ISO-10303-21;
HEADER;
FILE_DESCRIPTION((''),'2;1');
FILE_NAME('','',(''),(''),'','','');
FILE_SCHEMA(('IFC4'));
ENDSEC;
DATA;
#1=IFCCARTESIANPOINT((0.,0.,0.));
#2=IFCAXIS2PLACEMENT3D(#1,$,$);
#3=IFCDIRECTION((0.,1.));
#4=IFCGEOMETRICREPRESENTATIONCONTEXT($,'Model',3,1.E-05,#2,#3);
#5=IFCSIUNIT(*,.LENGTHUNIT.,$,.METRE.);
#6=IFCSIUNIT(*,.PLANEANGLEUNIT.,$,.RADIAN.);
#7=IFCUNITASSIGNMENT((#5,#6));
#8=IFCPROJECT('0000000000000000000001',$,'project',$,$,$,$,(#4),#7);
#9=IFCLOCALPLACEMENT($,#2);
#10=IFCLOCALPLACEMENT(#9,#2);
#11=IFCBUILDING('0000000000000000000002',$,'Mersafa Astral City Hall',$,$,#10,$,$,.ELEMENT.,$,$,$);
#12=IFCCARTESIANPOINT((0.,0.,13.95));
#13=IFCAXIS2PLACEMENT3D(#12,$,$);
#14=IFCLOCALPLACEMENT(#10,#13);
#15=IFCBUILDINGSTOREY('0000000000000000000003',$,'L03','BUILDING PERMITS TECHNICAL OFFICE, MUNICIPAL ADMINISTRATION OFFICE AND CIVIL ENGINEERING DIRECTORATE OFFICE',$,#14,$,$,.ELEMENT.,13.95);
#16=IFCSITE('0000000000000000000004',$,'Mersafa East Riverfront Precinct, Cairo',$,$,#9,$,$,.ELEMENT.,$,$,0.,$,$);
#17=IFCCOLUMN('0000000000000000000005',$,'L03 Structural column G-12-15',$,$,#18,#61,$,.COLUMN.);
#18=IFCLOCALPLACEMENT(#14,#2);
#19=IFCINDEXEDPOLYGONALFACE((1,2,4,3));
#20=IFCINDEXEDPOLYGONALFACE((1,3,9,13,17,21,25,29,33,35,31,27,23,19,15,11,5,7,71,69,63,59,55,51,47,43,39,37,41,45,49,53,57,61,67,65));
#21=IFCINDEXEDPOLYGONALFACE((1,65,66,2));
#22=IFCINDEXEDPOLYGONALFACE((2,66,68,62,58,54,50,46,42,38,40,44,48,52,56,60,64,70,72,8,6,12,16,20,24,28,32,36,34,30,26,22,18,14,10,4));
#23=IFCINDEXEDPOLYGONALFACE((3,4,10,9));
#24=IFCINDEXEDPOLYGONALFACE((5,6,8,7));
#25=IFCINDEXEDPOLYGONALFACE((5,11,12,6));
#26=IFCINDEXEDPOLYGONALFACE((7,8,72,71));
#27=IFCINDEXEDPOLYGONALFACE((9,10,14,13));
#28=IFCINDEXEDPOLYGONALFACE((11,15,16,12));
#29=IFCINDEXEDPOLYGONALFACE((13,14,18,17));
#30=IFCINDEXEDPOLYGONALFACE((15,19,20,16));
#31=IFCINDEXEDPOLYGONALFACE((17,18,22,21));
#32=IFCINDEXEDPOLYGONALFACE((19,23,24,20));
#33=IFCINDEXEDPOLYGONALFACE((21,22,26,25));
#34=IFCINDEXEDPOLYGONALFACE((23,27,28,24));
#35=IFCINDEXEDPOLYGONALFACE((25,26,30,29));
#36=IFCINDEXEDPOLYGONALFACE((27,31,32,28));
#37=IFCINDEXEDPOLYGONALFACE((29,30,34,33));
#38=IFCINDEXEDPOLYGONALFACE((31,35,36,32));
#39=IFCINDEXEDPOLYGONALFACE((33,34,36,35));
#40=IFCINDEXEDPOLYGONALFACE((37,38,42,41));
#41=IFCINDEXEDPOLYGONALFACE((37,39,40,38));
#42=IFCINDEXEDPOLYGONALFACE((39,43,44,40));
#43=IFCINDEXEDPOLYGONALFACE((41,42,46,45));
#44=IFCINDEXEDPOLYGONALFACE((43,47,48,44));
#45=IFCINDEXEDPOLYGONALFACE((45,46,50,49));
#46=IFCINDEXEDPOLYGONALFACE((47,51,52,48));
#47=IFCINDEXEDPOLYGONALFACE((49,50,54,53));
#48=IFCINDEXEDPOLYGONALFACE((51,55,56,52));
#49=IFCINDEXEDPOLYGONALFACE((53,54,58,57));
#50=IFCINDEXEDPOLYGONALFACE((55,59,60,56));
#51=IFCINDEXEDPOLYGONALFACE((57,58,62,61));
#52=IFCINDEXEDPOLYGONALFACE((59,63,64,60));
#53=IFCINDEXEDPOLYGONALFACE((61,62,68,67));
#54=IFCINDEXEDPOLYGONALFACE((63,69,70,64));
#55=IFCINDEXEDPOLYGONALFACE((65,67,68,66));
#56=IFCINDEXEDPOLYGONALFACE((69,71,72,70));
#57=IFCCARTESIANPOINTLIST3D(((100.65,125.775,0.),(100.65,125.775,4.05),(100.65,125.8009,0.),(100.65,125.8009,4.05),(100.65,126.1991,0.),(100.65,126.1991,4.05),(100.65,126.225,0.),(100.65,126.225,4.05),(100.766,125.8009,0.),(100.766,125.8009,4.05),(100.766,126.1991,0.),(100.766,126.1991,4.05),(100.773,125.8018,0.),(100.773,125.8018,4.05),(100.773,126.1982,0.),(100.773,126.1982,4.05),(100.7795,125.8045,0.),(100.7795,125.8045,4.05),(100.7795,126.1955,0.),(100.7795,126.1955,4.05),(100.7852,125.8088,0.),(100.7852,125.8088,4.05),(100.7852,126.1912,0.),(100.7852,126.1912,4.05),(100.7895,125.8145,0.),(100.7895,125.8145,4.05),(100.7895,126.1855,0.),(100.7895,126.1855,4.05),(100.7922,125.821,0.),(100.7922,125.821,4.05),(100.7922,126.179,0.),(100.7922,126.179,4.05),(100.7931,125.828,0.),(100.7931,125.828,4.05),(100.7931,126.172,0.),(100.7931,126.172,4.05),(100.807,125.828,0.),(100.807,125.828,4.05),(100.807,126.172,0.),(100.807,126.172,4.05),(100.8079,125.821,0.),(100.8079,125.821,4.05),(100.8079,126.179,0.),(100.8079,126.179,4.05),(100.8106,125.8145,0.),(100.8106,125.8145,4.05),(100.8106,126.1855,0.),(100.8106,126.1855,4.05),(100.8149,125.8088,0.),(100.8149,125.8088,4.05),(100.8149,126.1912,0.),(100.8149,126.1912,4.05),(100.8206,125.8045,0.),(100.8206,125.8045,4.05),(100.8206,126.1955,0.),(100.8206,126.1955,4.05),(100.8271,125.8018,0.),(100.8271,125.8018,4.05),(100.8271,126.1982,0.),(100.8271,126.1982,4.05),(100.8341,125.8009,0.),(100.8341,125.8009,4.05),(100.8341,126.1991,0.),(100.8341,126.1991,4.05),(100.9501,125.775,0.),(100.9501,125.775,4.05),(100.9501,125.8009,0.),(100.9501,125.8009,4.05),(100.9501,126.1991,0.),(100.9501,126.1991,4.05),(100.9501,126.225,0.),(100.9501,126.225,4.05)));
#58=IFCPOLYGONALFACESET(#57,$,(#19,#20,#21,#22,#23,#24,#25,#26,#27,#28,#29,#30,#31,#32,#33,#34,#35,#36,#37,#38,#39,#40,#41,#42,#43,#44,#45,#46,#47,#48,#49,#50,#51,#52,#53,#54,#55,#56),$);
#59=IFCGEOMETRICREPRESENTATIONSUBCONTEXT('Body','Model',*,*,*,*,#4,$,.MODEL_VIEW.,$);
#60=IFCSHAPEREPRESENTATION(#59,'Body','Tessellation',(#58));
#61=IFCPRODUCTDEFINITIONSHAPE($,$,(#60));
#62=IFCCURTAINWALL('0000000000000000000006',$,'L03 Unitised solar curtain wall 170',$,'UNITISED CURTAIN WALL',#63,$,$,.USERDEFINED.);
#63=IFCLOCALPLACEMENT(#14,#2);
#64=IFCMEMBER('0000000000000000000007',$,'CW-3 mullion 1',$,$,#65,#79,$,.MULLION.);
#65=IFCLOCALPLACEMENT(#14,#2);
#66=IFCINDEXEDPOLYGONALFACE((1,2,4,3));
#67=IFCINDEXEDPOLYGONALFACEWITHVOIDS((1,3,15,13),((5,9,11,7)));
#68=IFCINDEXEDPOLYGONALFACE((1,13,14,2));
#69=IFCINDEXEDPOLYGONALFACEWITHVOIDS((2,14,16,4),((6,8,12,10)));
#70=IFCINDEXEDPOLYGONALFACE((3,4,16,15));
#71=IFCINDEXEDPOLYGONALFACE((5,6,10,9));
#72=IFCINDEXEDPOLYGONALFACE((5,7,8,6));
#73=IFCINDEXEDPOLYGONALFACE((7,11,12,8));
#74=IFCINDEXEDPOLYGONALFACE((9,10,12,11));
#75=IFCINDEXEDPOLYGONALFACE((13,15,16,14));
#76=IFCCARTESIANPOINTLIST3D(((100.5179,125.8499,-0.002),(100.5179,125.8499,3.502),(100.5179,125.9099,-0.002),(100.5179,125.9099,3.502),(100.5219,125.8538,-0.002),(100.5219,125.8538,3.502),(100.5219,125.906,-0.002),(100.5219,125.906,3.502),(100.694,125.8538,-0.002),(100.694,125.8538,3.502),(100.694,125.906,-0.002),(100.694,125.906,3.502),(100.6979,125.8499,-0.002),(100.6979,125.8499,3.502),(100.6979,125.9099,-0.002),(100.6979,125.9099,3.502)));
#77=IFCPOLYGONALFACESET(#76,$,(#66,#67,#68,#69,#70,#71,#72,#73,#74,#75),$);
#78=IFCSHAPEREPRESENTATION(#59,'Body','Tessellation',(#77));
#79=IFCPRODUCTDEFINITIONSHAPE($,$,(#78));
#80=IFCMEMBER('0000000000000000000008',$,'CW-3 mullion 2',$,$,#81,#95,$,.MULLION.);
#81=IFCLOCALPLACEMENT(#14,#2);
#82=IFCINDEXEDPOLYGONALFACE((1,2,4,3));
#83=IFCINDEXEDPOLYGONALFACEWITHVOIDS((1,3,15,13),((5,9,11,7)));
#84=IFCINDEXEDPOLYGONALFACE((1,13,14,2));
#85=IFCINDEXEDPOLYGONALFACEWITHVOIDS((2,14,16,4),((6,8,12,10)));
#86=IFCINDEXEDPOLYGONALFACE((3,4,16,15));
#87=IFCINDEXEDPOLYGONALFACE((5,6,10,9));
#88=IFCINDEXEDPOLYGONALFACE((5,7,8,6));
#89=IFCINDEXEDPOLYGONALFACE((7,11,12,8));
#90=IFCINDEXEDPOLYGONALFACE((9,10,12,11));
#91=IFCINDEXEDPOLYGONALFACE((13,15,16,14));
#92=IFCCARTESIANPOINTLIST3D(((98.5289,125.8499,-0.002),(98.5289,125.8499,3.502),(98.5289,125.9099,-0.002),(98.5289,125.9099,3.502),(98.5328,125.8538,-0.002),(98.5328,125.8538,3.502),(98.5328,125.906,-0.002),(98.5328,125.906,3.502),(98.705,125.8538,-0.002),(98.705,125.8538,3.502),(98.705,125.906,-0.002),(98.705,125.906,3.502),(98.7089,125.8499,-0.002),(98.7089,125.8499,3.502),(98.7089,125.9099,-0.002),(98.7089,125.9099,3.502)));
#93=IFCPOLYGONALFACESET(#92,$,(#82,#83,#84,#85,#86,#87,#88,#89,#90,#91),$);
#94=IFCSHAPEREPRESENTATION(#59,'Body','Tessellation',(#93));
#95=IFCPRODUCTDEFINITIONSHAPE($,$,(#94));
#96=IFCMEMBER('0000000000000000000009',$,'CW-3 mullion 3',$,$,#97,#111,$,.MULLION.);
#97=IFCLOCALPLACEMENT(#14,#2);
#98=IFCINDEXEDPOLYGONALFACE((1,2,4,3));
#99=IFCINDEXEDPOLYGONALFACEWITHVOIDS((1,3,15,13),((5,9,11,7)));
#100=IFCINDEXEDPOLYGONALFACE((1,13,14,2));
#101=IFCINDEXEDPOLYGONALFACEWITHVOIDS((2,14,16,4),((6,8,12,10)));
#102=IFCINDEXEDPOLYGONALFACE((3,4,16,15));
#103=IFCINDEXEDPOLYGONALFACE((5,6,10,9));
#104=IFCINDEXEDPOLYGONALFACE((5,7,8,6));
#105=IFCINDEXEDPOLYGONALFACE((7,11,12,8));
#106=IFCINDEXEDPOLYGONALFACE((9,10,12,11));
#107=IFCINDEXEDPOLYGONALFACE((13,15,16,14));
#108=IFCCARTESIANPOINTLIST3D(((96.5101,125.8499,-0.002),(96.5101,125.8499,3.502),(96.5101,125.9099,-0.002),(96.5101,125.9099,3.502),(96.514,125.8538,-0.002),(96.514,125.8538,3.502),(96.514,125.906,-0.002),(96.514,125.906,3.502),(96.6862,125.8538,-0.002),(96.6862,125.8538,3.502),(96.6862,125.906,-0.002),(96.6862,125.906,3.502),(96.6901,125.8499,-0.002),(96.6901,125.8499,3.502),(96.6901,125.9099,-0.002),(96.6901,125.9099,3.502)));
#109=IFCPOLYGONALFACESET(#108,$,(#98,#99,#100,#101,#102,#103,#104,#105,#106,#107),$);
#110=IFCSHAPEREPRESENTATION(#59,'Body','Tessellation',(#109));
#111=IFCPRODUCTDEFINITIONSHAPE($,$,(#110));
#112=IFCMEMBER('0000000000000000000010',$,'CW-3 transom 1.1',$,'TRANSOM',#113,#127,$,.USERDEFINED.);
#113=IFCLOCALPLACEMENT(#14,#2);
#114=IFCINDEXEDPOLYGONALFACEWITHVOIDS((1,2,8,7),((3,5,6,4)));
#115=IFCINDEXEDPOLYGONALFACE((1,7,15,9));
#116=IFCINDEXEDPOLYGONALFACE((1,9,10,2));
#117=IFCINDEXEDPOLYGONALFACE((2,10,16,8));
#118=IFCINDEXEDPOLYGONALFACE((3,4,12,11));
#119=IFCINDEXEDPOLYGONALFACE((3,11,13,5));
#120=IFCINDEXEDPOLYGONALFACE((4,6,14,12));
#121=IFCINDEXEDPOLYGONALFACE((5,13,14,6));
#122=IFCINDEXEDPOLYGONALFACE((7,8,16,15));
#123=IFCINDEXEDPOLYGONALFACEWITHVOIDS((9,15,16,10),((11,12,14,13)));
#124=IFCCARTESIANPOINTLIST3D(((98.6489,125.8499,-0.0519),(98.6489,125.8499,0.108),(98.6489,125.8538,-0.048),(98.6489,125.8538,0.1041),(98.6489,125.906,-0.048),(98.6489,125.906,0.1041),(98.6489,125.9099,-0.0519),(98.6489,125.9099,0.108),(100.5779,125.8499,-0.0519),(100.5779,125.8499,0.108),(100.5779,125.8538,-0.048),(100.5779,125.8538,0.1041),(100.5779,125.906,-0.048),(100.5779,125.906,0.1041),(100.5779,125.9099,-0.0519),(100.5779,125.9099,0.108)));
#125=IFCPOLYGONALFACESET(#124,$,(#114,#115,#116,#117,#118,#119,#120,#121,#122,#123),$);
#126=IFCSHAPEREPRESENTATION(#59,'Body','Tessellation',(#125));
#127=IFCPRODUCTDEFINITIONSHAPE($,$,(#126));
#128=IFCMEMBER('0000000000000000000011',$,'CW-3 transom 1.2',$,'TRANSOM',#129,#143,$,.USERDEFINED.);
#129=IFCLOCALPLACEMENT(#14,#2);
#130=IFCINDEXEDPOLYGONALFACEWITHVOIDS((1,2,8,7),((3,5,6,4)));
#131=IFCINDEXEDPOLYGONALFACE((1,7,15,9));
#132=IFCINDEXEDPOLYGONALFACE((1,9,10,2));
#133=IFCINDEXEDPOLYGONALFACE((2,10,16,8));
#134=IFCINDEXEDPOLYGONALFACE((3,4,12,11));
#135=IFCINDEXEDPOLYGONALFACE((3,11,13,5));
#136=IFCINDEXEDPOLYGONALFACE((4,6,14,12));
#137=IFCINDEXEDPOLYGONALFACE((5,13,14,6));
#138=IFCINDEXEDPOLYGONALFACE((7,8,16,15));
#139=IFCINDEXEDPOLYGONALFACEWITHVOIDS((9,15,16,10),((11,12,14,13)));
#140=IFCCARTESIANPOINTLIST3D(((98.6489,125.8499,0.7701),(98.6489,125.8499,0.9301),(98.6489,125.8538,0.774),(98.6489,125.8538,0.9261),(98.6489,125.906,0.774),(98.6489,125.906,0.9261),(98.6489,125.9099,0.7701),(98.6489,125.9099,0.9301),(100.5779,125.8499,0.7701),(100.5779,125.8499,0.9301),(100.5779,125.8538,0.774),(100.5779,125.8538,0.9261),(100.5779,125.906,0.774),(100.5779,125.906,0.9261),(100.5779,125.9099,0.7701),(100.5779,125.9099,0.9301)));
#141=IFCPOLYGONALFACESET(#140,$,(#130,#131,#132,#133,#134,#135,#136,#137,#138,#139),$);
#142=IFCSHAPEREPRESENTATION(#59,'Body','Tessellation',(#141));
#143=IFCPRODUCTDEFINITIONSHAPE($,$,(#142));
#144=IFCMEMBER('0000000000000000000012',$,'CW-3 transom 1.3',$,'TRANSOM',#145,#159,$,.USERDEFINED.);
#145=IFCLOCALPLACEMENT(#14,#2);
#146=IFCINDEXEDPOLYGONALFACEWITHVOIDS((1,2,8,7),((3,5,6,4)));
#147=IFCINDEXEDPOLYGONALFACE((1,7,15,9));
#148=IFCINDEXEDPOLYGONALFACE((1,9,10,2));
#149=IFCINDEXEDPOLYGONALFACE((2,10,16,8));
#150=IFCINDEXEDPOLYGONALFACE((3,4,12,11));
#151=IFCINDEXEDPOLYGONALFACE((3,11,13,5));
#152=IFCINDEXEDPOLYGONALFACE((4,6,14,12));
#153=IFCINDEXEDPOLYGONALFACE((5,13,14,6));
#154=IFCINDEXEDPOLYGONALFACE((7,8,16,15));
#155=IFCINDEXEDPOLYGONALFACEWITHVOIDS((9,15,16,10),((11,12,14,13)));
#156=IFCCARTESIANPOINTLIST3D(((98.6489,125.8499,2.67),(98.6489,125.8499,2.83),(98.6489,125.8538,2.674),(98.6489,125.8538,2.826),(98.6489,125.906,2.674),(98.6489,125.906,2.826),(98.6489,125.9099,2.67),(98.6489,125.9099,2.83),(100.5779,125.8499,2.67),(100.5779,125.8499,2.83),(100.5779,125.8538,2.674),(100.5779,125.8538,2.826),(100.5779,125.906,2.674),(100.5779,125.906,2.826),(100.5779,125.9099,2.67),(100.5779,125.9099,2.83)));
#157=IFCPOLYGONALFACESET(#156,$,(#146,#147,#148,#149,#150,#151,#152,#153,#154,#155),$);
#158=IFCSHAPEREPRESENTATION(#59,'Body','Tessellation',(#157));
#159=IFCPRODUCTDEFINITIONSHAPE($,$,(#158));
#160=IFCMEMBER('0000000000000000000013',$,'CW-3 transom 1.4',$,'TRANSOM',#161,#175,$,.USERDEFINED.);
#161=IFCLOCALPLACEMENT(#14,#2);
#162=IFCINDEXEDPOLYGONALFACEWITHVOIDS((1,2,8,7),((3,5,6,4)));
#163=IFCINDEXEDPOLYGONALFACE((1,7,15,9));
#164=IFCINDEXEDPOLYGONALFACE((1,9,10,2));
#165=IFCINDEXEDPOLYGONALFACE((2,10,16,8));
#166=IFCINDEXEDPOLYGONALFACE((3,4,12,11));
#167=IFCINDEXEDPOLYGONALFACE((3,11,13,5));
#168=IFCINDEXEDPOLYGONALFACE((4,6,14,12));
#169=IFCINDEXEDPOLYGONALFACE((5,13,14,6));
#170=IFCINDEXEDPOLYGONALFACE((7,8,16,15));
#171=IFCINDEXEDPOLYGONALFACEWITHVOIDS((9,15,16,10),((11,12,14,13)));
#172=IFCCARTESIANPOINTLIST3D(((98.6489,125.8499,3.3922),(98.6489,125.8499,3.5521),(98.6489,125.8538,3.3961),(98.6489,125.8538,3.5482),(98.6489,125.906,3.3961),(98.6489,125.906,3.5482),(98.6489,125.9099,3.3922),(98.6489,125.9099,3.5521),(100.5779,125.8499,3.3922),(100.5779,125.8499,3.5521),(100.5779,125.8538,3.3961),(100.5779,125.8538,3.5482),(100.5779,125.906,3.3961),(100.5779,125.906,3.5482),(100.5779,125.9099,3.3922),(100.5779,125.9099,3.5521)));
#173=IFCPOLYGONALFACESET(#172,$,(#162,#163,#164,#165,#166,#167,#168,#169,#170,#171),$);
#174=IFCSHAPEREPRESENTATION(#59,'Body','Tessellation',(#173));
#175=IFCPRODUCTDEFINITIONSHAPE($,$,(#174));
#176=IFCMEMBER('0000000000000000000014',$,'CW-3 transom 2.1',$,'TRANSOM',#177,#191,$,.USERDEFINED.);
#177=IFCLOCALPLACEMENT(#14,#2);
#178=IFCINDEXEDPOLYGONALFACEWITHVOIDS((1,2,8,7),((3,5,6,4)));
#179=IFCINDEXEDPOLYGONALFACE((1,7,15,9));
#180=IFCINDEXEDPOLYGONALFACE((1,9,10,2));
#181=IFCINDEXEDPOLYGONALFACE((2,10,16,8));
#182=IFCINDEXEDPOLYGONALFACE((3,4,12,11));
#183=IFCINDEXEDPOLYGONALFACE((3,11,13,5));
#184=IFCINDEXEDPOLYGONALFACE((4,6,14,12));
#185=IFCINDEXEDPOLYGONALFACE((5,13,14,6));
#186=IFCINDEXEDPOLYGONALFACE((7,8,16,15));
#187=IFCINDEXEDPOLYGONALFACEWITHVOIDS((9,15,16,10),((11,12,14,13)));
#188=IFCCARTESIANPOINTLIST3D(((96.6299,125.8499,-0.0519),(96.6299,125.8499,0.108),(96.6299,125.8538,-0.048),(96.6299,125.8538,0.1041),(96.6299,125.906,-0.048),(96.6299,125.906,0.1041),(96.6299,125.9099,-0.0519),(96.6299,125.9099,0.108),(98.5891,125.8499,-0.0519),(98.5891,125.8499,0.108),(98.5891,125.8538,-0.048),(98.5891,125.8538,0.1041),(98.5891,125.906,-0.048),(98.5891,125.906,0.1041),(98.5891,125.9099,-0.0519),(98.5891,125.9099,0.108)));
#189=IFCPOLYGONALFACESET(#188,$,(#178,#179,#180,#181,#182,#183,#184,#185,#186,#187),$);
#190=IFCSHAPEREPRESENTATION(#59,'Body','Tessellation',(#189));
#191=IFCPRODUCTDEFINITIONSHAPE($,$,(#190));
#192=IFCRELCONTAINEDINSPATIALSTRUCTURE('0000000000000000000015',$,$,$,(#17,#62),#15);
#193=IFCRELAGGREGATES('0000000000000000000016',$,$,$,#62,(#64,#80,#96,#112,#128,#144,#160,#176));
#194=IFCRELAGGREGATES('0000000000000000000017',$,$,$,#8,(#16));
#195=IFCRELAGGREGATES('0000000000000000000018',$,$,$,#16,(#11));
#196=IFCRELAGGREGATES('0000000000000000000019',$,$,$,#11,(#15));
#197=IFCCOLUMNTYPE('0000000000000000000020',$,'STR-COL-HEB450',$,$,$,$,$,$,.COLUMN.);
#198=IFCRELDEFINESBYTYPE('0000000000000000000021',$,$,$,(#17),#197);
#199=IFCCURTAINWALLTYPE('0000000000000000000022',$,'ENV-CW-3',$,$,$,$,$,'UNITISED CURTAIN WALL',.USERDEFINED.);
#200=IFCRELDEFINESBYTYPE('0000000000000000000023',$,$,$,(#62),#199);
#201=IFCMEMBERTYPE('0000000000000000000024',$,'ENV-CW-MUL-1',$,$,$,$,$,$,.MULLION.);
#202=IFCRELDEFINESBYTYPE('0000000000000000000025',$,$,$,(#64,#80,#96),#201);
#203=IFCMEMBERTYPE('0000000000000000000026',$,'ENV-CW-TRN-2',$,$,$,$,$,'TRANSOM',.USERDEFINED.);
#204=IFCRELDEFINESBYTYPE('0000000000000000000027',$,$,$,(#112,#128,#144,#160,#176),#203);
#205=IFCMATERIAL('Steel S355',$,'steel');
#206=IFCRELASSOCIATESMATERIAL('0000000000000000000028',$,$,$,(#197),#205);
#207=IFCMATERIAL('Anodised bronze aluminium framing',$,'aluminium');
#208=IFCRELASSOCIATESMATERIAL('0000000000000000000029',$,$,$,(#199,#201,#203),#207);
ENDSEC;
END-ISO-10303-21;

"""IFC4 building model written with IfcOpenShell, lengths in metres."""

from ifc_helpers import new_model, si_unit, direction, frame, origin, origin_2d, place, context, subcontext, project, spatial, hollow_rectangle, i_section, extrude, material, material_profile, profile_set, type_object, element, aggregate, save


model = new_model("IFC4")

# Units and contexts
model_context = context("Model", 3, precision=1e-05, world=origin(), true_north=direction((0.0, 1.0)))
body_context = subcontext(model_context, "Body", "Model", "MODEL_VIEW")
ifc_project = project(units=[si_unit("LENGTHUNIT", "METRE"), si_unit("PLANEANGLEUNIT", "RADIAN")], contexts=[model_context])

# Site, building, storey
site_placement = place(None, origin())
site = spatial("IfcSite", under=ifc_project, at=site_placement, Name="Mersafa East Riverfront Precinct, Cairo", CompositionType="ELEMENT", RefElevation=0.0)
building_placement = place(site_placement, origin())
building = spatial("IfcBuilding", under=site, at=building_placement, Name="Mersafa Astral City Hall", CompositionType="ELEMENT")
storey_placement = place(building_placement, frame((0.0, 0.0, 13.95)))
storey = spatial("IfcBuildingStorey", under=building, at=storey_placement, Name="L03", Description="BUILDING PERMITS TECHNICAL OFFICE, MUNICIPAL ADMINISTRATION OFFICE AND CIVIL ENGINEERING DIRECTORATE OFFICE", CompositionType="ELEMENT", Elevation=13.95)

# Column
ifc_material_1 = material(Name="Steel S355", Category="steel")
ifc_material_profile_1 = material_profile(ifc_material_1, i_section(OverallWidth=0.3, OverallDepth=0.45, WebThickness=0.0139, FlangeThickness=0.0259, FilletRadius=0.0271, at=origin_2d()), Name="HEB 450")
ifc_profile_set_1 = profile_set([ifc_material_profile_1], Name="Steel S355")
column_type = type_object("IfcColumnType", Name="STR-COL-HEB450", PredefinedType="COLUMN", material=ifc_profile_set_1)
column_placement = place(storey_placement, frame((100.8, 126.0, 0.0), z_axis=(0.0, 0.0, 1.0), x_axis=(1.0, 0.0, 0.0)))
element("IfcColumn", 1, at=column_placement, inside=storey, type_object=column_type, Name="L03 Structural column G-12-15", PredefinedType="COLUMN", context=body_context, shape_type="SweptSolid", body=[
    extrude(i_section(OverallWidth=0.3, OverallDepth=0.45, WebThickness=0.0139, FlangeThickness=0.0259, FilletRadius=0.0271, at=origin_2d()), origin(), (0.0, 0.0, 1.0), 4.05),
])

# Curtain wall, members
ifc_material_2 = material(Name="Anodised bronze aluminium framing", Category="aluminium")
curtain_wall_type = type_object("IfcCurtainWallType", Name="ENV-CW-3", ElementType="UNITISED CURTAIN WALL", PredefinedType="USERDEFINED", material=ifc_material_2)
curtain_wall_placement = place(storey_placement, origin())
curtain_wall = element("IfcCurtainWall", 2, at=curtain_wall_placement, inside=storey, type_object=curtain_wall_type, Name="L03 Unitised solar curtain wall 170", ObjectType="UNITISED CURTAIN WALL", PredefinedType="USERDEFINED")
ifc_material_profile_2 = material_profile(ifc_material_2, hollow_rectangle(XDim=0.0601, YDim=0.1799, WallThickness=0.0039, at=origin_2d()), Name="RHS 60x180x4")
ifc_profile_set_2 = profile_set([ifc_material_profile_2], Name="Anodised bronze aluminium framing")
member_type_1 = type_object("IfcMemberType", Name="ENV-CW-MUL-1", PredefinedType="MULLION", material=ifc_profile_set_2)
member_1_placement = place(storey_placement, frame((100.6079, 125.8799, -0.002), z_axis=(0.0, 0.0, 1.0), x_axis=(0.0, -1.0, 0.0)))
member_1 = element("IfcMember", 3, at=member_1_placement, type_object=member_type_1, Name="CW-3 mullion 1", PredefinedType="MULLION", context=body_context, shape_type="SweptSolid", body=[
    extrude(hollow_rectangle(XDim=0.0601, YDim=0.1799, WallThickness=0.0039, at=origin_2d()), origin(), (0.0, 0.0, 1.0), 3.5039),
])
member_2_placement = place(storey_placement, frame((98.6189, 125.8799, -0.002), z_axis=(0.0, 0.0, 1.0), x_axis=(0.0, -1.0, 0.0)))
member_2 = element("IfcMember", 4, at=member_2_placement, type_object=member_type_1, Name="CW-3 mullion 2", PredefinedType="MULLION", context=body_context, shape_type="SweptSolid", body=[
    extrude(hollow_rectangle(XDim=0.0601, YDim=0.1799, WallThickness=0.0039, at=origin_2d()), origin(), (0.0, 0.0, 1.0), 3.5039),
])
member_3_placement = place(storey_placement, frame((96.6001, 125.8799, -0.002), z_axis=(0.0, 0.0, 1.0), x_axis=(0.0, -1.0, 0.0)))
member_3 = element("IfcMember", 5, at=member_3_placement, type_object=member_type_1, Name="CW-3 mullion 3", PredefinedType="MULLION", context=body_context, shape_type="SweptSolid", body=[
    extrude(hollow_rectangle(XDim=0.0601, YDim=0.1799, WallThickness=0.0039, at=origin_2d()), origin(), (0.0, 0.0, 1.0), 3.5039),
])
ifc_material_profile_3 = material_profile(ifc_material_2, hollow_rectangle(XDim=0.0601, YDim=0.1599, WallThickness=0.0039, at=origin_2d()), Name="RHS 60x160x4")
ifc_profile_set_3 = profile_set([ifc_material_profile_3], Name="Anodised bronze aluminium framing")
member_type_2 = type_object("IfcMemberType", Name="ENV-CW-TRN-2", ElementType="TRANSOM", PredefinedType="USERDEFINED", material=ifc_profile_set_3)
member_4_placement = place(storey_placement, frame((100.5779, 125.8799, 0.0281), z_axis=(-1.0, 0.0, 0.0), x_axis=(0.0, -1.0, 0.0)))
member_4 = element("IfcMember", 6, at=member_4_placement, type_object=member_type_2, Name="CW-3 transom 1.1", ObjectType="TRANSOM", PredefinedType="USERDEFINED", context=body_context, shape_type="SweptSolid", body=[
    extrude(hollow_rectangle(XDim=0.0601, YDim=0.1599, WallThickness=0.0039, at=origin_2d()), origin(), (0.0, 0.0, 1.0), 1.929),
])
member_5_placement = place(storey_placement, frame((100.5779, 125.8799, 0.8501), z_axis=(-1.0, 0.0, 0.0), x_axis=(0.0, -1.0, 0.0)))
member_5 = element("IfcMember", 7, at=member_5_placement, type_object=member_type_2, Name="CW-3 transom 1.2", ObjectType="TRANSOM", PredefinedType="USERDEFINED", context=body_context, shape_type="SweptSolid", body=[
    extrude(hollow_rectangle(XDim=0.0601, YDim=0.1599, WallThickness=0.0039, at=origin_2d()), origin(), (0.0, 0.0, 1.0), 1.929),
])
member_6_placement = place(storey_placement, frame((100.5779, 125.8799, 2.75), z_axis=(-1.0, 0.0, 0.0), x_axis=(0.0, -1.0, 0.0)))
member_6 = element("IfcMember", 8, at=member_6_placement, type_object=member_type_2, Name="CW-3 transom 1.3", ObjectType="TRANSOM", PredefinedType="USERDEFINED", context=body_context, shape_type="SweptSolid", body=[
    extrude(hollow_rectangle(XDim=0.0601, YDim=0.1599, WallThickness=0.0039, at=origin_2d()), origin(), (0.0, 0.0, 1.0), 1.929),
])
member_7_placement = place(storey_placement, frame((100.5779, 125.8799, 3.4722), z_axis=(-1.0, 0.0, 0.0), x_axis=(0.0, -1.0, 0.0)))
member_7 = element("IfcMember", 9, at=member_7_placement, type_object=member_type_2, Name="CW-3 transom 1.4", ObjectType="TRANSOM", PredefinedType="USERDEFINED", context=body_context, shape_type="SweptSolid", body=[
    extrude(hollow_rectangle(XDim=0.0601, YDim=0.1599, WallThickness=0.0039, at=origin_2d()), origin(), (0.0, 0.0, 1.0), 1.929),
])
member_8_placement = place(storey_placement, frame((98.5891, 125.8799, 0.0281), z_axis=(-1.0, 0.0, 0.0), x_axis=(0.0, -1.0, 0.0)))
member_8 = element("IfcMember", 10, at=member_8_placement, type_object=member_type_2, Name="CW-3 transom 2.1", ObjectType="TRANSOM", PredefinedType="USERDEFINED", context=body_context, shape_type="SweptSolid", body=[
    extrude(hollow_rectangle(XDim=0.0601, YDim=0.1599, WallThickness=0.0039, at=origin_2d()), origin(), (0.0, 0.0, 1.0), 1.9592),
])

aggregate(curtain_wall, [member_1, member_2, member_3, member_4, member_5, member_6, member_7, member_8])

save(model, "model.ifc")
